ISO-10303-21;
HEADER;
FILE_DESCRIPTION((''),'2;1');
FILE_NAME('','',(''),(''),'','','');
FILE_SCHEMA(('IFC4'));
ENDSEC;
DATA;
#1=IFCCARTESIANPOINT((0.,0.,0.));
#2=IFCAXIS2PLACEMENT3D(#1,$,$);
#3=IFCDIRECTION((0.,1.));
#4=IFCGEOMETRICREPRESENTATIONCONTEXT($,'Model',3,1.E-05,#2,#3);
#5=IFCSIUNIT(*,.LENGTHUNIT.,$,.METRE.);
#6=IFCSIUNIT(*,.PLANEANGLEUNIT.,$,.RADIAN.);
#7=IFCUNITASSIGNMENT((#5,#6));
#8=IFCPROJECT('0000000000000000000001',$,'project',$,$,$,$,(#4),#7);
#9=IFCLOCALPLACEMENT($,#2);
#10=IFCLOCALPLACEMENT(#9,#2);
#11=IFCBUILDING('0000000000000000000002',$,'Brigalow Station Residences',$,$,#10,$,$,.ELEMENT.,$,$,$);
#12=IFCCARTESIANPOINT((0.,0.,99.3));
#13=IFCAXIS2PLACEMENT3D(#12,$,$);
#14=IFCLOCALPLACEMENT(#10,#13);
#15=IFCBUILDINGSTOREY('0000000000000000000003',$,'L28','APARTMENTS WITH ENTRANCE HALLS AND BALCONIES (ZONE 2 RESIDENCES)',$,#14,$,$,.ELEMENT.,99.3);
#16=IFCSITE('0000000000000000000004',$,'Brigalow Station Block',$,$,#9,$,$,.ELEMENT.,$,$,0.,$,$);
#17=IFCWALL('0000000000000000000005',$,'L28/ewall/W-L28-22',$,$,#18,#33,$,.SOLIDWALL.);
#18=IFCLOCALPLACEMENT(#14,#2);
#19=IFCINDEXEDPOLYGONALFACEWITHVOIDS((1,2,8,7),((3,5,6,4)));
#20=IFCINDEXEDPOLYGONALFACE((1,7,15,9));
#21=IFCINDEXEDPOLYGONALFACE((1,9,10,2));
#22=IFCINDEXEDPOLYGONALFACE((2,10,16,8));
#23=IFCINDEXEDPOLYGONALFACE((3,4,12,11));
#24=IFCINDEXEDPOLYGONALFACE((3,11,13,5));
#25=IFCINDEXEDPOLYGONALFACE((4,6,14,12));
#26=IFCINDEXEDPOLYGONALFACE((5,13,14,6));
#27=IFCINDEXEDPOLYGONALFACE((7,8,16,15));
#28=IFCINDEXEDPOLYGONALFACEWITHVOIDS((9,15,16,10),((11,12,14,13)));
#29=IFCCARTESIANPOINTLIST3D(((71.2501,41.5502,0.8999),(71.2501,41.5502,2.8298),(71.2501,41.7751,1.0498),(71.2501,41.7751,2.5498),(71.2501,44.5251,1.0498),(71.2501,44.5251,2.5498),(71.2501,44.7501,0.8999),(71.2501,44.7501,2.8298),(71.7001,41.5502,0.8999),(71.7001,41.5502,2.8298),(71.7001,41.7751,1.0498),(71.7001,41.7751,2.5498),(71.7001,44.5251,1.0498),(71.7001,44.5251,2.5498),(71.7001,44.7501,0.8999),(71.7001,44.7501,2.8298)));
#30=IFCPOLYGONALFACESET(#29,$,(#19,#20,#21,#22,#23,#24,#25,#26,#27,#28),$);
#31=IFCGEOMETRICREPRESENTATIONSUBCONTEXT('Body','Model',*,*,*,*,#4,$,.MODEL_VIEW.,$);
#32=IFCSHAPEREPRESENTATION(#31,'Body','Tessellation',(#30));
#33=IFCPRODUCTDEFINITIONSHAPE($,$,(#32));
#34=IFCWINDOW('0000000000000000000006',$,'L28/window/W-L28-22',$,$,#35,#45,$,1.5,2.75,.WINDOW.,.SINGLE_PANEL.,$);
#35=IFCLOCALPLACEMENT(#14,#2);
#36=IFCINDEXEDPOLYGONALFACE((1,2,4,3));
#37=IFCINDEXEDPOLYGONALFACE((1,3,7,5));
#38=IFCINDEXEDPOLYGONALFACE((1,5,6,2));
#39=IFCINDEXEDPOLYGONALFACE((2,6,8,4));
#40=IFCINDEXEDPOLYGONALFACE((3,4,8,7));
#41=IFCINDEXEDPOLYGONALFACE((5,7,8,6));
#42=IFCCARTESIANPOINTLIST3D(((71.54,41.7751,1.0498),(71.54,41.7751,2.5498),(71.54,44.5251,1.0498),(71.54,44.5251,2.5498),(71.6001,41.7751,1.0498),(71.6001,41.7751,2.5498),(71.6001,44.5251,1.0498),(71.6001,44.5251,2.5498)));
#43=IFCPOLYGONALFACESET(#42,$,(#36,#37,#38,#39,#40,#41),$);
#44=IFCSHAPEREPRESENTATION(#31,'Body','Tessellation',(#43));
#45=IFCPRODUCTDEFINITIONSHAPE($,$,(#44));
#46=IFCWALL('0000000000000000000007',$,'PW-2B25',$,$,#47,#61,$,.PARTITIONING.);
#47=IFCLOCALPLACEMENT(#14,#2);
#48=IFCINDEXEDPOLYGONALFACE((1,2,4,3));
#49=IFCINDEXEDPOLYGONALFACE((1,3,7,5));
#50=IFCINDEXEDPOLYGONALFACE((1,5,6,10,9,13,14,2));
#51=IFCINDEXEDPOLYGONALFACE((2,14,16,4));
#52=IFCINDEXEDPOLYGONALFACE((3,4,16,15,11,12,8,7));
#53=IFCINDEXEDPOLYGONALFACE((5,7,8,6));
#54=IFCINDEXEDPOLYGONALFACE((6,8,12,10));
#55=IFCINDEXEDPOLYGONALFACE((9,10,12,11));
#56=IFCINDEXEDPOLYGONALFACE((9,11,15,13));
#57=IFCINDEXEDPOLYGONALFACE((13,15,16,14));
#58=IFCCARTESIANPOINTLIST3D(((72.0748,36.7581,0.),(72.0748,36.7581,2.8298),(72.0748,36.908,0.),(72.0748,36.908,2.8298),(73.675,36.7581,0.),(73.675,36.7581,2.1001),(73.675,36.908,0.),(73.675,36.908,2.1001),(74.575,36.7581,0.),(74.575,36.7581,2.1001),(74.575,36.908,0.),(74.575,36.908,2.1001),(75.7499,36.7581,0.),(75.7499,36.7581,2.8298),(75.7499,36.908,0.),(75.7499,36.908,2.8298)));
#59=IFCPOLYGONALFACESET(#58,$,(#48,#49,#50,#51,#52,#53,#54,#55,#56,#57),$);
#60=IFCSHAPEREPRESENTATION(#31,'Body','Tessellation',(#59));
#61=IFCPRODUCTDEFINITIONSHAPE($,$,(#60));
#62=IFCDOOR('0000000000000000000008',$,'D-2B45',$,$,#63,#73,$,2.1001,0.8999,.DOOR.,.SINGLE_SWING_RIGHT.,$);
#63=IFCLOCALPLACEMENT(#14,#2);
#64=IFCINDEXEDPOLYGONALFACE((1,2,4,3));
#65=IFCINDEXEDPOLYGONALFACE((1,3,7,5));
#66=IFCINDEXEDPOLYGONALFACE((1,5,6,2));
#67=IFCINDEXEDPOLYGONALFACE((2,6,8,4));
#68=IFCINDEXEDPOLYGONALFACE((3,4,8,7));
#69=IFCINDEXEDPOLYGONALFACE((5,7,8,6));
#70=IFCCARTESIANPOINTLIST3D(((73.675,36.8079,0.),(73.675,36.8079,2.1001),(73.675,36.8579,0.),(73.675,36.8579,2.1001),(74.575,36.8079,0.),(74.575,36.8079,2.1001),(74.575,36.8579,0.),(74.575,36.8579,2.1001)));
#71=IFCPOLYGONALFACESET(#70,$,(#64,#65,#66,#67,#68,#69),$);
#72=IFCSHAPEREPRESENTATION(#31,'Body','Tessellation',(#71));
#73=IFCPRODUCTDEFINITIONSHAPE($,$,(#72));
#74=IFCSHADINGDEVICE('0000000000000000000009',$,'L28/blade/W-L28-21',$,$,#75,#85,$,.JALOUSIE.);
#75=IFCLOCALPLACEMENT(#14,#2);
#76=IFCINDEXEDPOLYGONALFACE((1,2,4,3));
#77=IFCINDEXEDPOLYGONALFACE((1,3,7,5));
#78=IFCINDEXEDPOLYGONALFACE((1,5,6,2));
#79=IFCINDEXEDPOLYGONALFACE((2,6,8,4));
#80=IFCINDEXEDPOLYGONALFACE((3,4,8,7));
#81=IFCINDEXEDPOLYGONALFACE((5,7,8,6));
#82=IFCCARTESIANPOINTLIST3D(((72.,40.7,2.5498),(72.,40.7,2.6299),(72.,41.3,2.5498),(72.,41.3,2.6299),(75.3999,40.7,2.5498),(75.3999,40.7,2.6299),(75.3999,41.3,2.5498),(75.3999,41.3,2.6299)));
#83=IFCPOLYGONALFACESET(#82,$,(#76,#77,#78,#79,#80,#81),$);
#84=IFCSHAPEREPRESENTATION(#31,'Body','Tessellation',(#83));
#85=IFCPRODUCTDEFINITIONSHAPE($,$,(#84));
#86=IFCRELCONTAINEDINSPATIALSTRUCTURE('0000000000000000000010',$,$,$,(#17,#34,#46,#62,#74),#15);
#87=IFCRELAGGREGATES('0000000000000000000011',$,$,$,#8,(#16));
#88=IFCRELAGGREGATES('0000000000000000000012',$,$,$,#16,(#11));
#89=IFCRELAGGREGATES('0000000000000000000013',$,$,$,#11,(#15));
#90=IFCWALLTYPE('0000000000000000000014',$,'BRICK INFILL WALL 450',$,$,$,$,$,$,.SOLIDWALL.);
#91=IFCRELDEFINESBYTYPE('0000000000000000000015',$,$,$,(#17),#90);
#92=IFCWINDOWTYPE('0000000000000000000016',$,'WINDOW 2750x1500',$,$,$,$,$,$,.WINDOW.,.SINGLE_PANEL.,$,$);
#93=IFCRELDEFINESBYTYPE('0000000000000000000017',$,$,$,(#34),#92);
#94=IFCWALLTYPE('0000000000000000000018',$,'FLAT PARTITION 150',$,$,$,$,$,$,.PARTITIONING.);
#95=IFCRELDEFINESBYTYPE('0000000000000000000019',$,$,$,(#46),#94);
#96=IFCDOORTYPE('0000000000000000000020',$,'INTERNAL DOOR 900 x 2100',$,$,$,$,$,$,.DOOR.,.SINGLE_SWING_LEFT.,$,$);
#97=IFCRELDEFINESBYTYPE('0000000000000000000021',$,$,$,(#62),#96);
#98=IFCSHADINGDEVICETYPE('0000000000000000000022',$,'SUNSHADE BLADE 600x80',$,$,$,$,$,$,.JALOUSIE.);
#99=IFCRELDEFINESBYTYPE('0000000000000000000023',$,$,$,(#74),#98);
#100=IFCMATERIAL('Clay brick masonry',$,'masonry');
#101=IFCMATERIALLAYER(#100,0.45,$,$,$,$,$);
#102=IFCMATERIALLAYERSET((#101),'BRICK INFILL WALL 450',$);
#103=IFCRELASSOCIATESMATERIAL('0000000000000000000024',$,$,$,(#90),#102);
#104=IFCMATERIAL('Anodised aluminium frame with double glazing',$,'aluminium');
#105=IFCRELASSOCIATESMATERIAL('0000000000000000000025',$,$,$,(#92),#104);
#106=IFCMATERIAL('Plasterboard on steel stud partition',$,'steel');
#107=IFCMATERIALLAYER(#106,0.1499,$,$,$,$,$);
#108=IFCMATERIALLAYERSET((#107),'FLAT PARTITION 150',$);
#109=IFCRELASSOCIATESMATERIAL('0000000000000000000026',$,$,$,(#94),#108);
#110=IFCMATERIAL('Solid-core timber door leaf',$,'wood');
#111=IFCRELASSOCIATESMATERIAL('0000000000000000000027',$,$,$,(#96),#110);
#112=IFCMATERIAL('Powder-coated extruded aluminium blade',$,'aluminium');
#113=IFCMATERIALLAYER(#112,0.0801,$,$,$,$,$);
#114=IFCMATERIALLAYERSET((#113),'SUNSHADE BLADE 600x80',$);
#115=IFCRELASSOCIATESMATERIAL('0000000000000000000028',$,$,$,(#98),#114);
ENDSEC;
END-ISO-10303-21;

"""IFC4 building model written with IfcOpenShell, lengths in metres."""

from ifc_helpers import new_model, si_unit, direction, frame, frame_2d, origin, origin_2d, place, context, subcontext, project, spatial, rectangle, extrude, material, layer, layer_set, type_object, element, fill, save


model = new_model("IFC4")

# Units and contexts
model_context = context("Model", 3, precision=1e-05, world=origin(), true_north=direction((0.0, 1.0)))
body_context = subcontext(model_context, "Body", "Model", "MODEL_VIEW")
ifc_project = project(units=[si_unit("LENGTHUNIT", "METRE"), si_unit("PLANEANGLEUNIT", "RADIAN")], contexts=[model_context])

# Site, building, storey
site_placement = place(None, origin())
site = spatial("IfcSite", under=ifc_project, at=site_placement, Name="Brigalow Station Block", CompositionType="ELEMENT", RefElevation=0.0)
building_placement = place(site_placement, origin())
building = spatial("IfcBuilding", under=site, at=building_placement, Name="Brigalow Station Residences", CompositionType="ELEMENT")
storey_placement = place(building_placement, frame((0.0, 0.0, 99.3)))
storey = spatial("IfcBuildingStorey", under=building, at=storey_placement, Name="L28", Description="APARTMENTS WITH ENTRANCE HALLS AND BALCONIES (ZONE 2 RESIDENCES)", CompositionType="ELEMENT", Elevation=99.3)

# Wall, opening, window
ifc_material_1 = material(Name="Clay brick masonry", Category="masonry")
ifc_layer_1 = layer(ifc_material_1, 0.45)
ifc_layer_set_1 = layer_set([ifc_layer_1], Name="BRICK INFILL WALL 450")
wall_type_1 = type_object("IfcWallType", Name="BRICK INFILL WALL 450", PredefinedType="SOLIDWALL", material=ifc_layer_set_1)
wall_1_placement = place(storey_placement, frame((71.4751, 41.55, 0.8999), z_axis=(0.0, 0.0, 1.0), x_axis=(0.0, 1.0, 0.0)))
wall_1 = element("IfcWall", 1, at=wall_1_placement, inside=storey, type_object=wall_type_1, Name="L28/ewall/W-L28-22", PredefinedType="SOLIDWALL", context=body_context, shape_type="SweptSolid", body=[
    extrude(rectangle(XDim=3.2, YDim=0.45, at=frame_2d((1.6001, 0.0))), origin(), (0.0, 0.0, 1.0), 1.9299),
])
opening_1_placement = place(wall_1_placement, frame((0.2251, 0.0, 0.1499)))
opening_1 = element("IfcOpeningElement", 2, at=opening_1_placement, cuts=wall_1, PredefinedType="OPENING", context=body_context, shape_type="SweptSolid", body=[
    extrude(rectangle(XDim=2.75, YDim=1.5, at=frame_2d((1.375, 0.75))), frame((0.0, 0.2349, 0.0), z_axis=(0.0, -1.0, 0.0), x_axis=(1.0, 0.0, 0.0)), (0.0, 0.0, 1.0), 0.47),
])
ifc_material_2 = material(Name="Anodised aluminium frame with double glazing", Category="aluminium")
window_type_1 = type_object("IfcWindowType", Name="WINDOW 2750x1500", PartitioningType="SINGLE_PANEL", PredefinedType="WINDOW", material=ifc_material_2)
window_1_placement = place(opening_1_placement, origin())
window_1 = element("IfcWindow", 3, at=window_1_placement, inside=storey, type_object=window_type_1, Name="L28/window/W-L28-22", OverallHeight=1.5, OverallWidth=2.75, PartitioningType="SINGLE_PANEL", PredefinedType="WINDOW", context=body_context, shape_type="SweptSolid", body=[
    extrude(rectangle(XDim=2.75, YDim=1.5, at=frame_2d((1.375, 0.75))), frame((0.0, -0.0649, 0.0), z_axis=(0.0, -1.0, 0.0), x_axis=(1.0, 0.0, 0.0)), (0.0, 0.0, 1.0), 0.0601),
])
fill(opening_1, window_1)

# Wall, opening, door
ifc_material_3 = material(Name="Plasterboard on steel stud partition", Category="steel")
ifc_layer_2 = layer(ifc_material_3, 0.1499)
ifc_layer_set_2 = layer_set([ifc_layer_2], Name="FLAT PARTITION 150")
wall_type_2 = type_object("IfcWallType", Name="FLAT PARTITION 150", PredefinedType="PARTITIONING", material=ifc_layer_set_2)
wall_2_placement = place(storey_placement, frame((72.075, 36.833, 0.0), z_axis=(0.0, 0.0, 1.0), x_axis=(1.0, 0.0, 0.0)))
wall_2 = element("IfcWall", 4, at=wall_2_placement, inside=storey, type_object=wall_type_2, Name="PW-2B25", PredefinedType="PARTITIONING", context=body_context, shape_type="SweptSolid", body=[
    extrude(rectangle(XDim=3.675, YDim=0.1499, at=frame_2d((1.8374, 0.0))), origin(), (0.0, 0.0, 1.0), 2.8298),
])
opening_2_placement = place(wall_2_placement, frame((1.6001, 0.0, 0.0)))
opening_2 = element("IfcOpeningElement", 5, at=opening_2_placement, cuts=wall_2, PredefinedType="OPENING", context=body_context, shape_type="SweptSolid", body=[
    extrude(rectangle(XDim=0.8999, YDim=2.1001, at=frame_2d((0.45, 1.05))), frame((0.0, 0.085, 0.0), z_axis=(0.0, -1.0, 0.0), x_axis=(1.0, 0.0, 0.0)), (0.0, 0.0, 1.0), 0.1699),
])
ifc_material_4 = material(Name="Solid-core timber door leaf", Category="wood")
door_type = type_object("IfcDoorType", Name="INTERNAL DOOR 900 x 2100", OperationType="SINGLE_SWING_LEFT", PredefinedType="DOOR", material=ifc_material_4)
door_placement = place(opening_2_placement, origin())
door = element("IfcDoor", 6, at=door_placement, inside=storey, type_object=door_type, Name="D-2B45", OperationType="SINGLE_SWING_RIGHT", OverallHeight=2.1001, OverallWidth=0.8999, PredefinedType="DOOR", context=body_context, shape_type="SweptSolid", body=[
    extrude(rectangle(XDim=0.8999, YDim=2.1001, at=frame_2d((0.45, 1.05))), frame((0.0, 0.0249, 0.0), z_axis=(0.0, -1.0, 0.0), x_axis=(1.0, 0.0, 0.0)), (0.0, 0.0, 1.0), 0.05),
])
fill(opening_2, door)

# Shading device
ifc_material_5 = material(Name="Powder-coated extruded aluminium blade", Category="aluminium")
ifc_layer_3 = layer(ifc_material_5, 0.0801)
ifc_layer_set_3 = layer_set([ifc_layer_3], Name="SUNSHADE BLADE 600x80")
shading_device_type = type_object("IfcShadingDeviceType", Name="SUNSHADE BLADE 600x80", PredefinedType="JALOUSIE", material=ifc_layer_set_3)
shading_device_placement = place(storey_placement, frame((73.7, 41.0, 2.5498), z_axis=(0.0, 0.0, 1.0), x_axis=(-1.0, 0.0, 0.0)))
element("IfcShadingDevice", 7, at=shading_device_placement, inside=storey, type_object=shading_device_type, Name="L28/blade/W-L28-21", PredefinedType="JALOUSIE", context=body_context, shape_type="SweptSolid", body=[
    extrude(rectangle(XDim=3.3999, YDim=0.6001, at=origin_2d()), origin(), (0.0, 0.0, 1.0), 0.0801),
])

save(model, "model.ifc")
